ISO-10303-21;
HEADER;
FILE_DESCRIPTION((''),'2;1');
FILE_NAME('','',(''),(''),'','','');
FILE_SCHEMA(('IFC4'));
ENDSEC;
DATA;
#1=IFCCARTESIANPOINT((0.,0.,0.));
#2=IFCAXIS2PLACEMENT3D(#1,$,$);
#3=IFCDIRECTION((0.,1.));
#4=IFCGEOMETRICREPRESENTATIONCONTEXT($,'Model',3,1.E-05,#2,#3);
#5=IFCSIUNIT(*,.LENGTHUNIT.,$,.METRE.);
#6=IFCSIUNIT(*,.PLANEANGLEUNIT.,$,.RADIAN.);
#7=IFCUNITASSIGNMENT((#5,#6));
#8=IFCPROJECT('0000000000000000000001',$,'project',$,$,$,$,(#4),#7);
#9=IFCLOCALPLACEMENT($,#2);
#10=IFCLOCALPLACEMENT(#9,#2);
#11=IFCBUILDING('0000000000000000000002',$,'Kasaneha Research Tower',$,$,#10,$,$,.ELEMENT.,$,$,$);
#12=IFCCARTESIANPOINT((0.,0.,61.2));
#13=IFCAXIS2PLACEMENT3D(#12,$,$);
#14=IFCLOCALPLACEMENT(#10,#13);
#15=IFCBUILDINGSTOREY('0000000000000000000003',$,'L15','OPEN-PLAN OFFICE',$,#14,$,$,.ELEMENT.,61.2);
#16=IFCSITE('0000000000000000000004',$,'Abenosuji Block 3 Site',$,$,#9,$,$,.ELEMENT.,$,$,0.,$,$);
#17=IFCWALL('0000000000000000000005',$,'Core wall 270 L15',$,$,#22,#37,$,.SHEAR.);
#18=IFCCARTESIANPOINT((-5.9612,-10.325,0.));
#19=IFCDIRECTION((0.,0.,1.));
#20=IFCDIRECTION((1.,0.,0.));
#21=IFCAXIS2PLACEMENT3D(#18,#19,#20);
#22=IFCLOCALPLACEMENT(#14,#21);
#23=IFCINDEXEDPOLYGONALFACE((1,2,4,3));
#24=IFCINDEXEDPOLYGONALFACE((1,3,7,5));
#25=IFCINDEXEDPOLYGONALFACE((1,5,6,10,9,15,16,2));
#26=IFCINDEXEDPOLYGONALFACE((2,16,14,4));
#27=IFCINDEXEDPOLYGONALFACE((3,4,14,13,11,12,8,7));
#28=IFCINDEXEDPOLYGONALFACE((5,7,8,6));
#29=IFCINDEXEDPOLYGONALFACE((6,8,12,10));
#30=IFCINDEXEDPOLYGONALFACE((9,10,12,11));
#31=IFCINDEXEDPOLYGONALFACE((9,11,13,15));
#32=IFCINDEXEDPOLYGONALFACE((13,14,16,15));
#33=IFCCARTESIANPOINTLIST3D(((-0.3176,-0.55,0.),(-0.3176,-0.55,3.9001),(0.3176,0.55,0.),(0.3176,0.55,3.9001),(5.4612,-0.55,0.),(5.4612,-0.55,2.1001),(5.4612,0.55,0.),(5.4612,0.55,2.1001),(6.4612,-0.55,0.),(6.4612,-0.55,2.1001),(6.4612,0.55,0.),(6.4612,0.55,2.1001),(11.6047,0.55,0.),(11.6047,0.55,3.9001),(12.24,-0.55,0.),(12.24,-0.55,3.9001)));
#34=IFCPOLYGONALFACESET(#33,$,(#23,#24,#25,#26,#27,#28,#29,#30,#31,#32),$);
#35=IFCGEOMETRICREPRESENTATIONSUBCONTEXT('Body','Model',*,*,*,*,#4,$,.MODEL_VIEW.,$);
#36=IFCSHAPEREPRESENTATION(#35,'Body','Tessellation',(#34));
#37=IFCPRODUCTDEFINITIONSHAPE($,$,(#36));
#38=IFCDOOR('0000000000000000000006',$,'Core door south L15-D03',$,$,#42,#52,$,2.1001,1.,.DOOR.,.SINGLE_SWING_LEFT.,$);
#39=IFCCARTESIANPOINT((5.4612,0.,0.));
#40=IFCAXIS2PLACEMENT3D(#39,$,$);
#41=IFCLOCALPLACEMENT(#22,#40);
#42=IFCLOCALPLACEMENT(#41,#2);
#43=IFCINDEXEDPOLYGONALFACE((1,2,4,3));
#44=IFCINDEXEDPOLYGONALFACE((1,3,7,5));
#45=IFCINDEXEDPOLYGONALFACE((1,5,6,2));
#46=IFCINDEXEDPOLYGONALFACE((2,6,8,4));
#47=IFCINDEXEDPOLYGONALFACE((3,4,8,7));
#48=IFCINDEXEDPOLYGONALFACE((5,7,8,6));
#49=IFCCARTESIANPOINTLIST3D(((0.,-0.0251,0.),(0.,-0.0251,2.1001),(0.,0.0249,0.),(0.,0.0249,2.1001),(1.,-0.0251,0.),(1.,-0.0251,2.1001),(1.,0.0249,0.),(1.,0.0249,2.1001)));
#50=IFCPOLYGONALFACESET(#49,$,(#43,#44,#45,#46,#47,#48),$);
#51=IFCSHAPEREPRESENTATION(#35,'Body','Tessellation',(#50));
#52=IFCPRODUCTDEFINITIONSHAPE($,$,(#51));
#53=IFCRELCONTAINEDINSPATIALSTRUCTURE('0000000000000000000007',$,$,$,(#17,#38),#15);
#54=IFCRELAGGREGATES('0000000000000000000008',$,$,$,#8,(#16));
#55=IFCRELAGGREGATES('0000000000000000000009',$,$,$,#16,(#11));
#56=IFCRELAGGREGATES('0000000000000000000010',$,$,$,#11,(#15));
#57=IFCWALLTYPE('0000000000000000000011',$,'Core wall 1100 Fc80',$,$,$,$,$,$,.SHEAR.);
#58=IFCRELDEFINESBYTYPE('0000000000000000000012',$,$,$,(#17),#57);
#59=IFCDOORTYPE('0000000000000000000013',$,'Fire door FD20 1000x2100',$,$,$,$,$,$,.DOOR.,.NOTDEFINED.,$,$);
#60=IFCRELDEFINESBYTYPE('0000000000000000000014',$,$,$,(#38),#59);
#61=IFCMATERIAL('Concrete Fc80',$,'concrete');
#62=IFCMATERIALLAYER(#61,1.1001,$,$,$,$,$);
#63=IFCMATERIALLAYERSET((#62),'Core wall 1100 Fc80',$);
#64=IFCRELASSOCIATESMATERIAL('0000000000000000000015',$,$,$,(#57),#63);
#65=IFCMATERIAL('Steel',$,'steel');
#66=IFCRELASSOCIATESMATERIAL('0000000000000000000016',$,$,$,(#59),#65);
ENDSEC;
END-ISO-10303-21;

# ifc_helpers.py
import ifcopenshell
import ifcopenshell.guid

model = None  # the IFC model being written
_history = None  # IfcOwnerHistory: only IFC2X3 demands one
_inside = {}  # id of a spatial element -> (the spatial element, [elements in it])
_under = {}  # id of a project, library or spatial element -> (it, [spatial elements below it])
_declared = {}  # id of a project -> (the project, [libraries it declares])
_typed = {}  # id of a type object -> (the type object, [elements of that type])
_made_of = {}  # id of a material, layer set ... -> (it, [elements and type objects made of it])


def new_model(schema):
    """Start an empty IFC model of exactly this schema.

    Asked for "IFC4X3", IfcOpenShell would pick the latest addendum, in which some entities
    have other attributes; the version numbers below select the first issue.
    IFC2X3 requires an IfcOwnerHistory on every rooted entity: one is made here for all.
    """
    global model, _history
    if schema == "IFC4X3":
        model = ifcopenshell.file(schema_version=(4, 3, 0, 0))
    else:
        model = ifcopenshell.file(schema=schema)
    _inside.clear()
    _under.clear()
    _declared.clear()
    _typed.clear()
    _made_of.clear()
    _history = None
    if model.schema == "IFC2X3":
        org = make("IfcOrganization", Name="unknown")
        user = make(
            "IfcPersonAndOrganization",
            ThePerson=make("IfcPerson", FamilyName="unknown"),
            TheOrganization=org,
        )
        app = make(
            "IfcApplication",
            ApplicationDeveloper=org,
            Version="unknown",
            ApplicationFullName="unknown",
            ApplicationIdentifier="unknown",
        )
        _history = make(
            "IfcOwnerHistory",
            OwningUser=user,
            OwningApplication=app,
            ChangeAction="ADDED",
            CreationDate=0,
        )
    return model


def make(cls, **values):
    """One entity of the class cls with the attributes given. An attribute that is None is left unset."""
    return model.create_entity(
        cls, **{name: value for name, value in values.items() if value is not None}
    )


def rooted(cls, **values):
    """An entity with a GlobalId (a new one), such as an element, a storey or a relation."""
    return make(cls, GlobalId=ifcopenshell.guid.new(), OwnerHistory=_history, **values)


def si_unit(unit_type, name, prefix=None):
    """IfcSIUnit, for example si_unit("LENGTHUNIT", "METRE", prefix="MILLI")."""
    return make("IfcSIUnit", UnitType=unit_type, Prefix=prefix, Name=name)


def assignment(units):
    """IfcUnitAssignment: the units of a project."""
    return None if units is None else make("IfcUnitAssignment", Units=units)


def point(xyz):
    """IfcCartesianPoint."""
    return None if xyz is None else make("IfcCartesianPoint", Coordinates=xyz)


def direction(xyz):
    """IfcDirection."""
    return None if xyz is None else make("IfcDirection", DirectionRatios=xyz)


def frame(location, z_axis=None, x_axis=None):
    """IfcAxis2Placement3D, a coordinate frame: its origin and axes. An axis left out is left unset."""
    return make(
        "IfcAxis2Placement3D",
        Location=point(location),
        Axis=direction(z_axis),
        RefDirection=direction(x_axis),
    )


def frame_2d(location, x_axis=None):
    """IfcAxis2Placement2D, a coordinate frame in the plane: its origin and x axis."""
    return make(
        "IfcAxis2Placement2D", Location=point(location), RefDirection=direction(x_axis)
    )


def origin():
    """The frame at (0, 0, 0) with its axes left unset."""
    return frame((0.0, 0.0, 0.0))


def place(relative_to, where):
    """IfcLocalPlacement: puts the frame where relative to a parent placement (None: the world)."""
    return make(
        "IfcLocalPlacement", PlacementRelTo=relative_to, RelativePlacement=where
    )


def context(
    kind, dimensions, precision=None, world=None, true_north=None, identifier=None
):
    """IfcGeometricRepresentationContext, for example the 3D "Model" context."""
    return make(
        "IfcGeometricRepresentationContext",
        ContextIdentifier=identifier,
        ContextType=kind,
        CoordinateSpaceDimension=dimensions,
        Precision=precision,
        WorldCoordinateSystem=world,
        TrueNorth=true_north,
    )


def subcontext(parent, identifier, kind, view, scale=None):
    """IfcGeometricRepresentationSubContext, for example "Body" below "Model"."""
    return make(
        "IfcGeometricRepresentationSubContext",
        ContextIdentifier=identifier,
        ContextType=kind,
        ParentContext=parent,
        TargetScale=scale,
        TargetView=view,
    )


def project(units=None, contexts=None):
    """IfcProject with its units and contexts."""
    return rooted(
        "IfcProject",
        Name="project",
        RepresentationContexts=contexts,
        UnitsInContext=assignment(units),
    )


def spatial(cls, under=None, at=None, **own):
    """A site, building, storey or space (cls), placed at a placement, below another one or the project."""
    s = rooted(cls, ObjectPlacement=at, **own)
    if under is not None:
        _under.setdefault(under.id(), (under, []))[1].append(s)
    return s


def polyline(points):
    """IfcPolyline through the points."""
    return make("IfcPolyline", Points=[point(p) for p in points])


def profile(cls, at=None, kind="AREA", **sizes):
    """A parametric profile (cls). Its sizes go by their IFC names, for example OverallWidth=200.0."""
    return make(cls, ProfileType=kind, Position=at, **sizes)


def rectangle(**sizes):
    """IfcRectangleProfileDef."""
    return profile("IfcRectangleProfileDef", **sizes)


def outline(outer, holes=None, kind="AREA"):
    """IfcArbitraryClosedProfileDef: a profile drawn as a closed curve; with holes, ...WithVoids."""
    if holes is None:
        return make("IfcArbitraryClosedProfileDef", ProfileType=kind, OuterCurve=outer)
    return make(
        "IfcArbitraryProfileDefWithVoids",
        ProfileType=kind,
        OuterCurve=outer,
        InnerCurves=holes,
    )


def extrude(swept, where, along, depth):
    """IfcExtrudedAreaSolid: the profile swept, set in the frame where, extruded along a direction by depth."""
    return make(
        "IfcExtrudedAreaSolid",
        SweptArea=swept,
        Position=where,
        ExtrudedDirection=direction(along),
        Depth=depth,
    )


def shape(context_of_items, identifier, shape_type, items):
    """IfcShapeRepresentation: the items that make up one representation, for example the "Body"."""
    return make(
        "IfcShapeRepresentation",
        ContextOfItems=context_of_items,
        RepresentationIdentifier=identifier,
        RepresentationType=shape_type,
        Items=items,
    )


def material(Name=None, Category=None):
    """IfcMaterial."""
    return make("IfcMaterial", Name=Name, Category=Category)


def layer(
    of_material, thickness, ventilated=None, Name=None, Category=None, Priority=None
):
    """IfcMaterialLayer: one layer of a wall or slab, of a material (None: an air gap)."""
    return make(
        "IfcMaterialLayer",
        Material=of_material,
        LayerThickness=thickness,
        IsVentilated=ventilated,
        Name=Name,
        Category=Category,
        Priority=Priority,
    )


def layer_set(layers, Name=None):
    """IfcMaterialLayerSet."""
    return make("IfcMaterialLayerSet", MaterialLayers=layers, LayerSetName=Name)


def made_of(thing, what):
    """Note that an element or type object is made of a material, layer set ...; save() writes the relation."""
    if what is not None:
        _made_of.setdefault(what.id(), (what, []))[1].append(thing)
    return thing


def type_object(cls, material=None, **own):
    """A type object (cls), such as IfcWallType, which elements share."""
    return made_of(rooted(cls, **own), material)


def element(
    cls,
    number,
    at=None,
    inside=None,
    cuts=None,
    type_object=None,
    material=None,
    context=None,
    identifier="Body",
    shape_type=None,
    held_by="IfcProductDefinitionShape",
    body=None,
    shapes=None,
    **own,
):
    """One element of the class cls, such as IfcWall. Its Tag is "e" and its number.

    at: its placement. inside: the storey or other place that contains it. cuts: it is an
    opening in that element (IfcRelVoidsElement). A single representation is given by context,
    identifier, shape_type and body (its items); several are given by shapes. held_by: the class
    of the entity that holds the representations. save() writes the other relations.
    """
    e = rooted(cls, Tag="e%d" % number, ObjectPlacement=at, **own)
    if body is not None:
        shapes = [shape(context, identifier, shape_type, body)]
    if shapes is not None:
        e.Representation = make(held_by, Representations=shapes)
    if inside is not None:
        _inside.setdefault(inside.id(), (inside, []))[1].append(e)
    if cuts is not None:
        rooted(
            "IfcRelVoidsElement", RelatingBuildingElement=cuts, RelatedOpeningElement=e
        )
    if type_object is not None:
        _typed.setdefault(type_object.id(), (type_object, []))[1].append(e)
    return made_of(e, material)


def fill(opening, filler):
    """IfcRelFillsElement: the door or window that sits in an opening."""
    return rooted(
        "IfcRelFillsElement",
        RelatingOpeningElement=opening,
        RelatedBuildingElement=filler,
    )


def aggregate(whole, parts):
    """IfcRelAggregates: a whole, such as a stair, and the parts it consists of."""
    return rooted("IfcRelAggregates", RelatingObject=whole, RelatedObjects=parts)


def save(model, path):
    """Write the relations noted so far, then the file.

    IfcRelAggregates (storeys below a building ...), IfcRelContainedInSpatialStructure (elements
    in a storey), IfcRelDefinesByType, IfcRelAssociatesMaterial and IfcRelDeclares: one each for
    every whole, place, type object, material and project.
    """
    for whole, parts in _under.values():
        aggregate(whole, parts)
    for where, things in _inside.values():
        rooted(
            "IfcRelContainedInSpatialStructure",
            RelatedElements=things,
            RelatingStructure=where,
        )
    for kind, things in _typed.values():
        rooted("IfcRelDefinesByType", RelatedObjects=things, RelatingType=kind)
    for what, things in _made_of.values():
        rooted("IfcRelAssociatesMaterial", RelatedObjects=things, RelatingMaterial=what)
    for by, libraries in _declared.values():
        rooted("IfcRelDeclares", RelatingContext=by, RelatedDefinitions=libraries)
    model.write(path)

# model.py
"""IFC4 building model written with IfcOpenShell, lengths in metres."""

from ifc_helpers import new_model, si_unit, direction, frame, frame_2d, origin, place, context, subcontext, project, spatial, polyline, rectangle, outline, extrude, material, layer, layer_set, type_object, element, fill, save


model = new_model("IFC4")

# Units and contexts
model_context = context("Model", 3, precision=1e-05, world=origin(), true_north=direction((0.0, 1.0)))
body_context = subcontext(model_context, "Body", "Model", "MODEL_VIEW")
ifc_project = project(units=[si_unit("LENGTHUNIT", "METRE"), si_unit("PLANEANGLEUNIT", "RADIAN")], contexts=[model_context])

# Site, building, storey
site_placement = place(None, origin())
site = spatial("IfcSite", under=ifc_project, at=site_placement, Name="Abenosuji Block 3 Site", CompositionType="ELEMENT", RefElevation=0.0)
building_placement = place(site_placement, origin())
building = spatial("IfcBuilding", under=site, at=building_placement, Name="Kasaneha Research Tower", CompositionType="ELEMENT")
storey_placement = place(building_placement, frame((0.0, 0.0, 61.2)))
storey = spatial("IfcBuildingStorey", under=building, at=storey_placement, Name="L15", Description="OPEN-PLAN OFFICE", CompositionType="ELEMENT", Elevation=61.2)

# Wall, opening, door
ifc_material_1 = material(Name="Concrete Fc80", Category="concrete")
ifc_layer_1 = layer(ifc_material_1, 1.1001)
ifc_layer_set_1 = layer_set([ifc_layer_1], Name="Core wall 1100 Fc80")
wall_type_1 = type_object("IfcWallType", Name="Core wall 1100 Fc80", PredefinedType="SHEAR", material=ifc_layer_set_1)
wall_1_placement = place(storey_placement, frame((-5.9612, -10.325, 0.0), z_axis=(0.0, 0.0, 1.0), x_axis=(1.0, 0.0, 0.0)))
wall_1 = element("IfcWall", 1, at=wall_1_placement, inside=storey, type_object=wall_type_1, Name="Core wall 270 L15", PredefinedType="SHEAR", context=body_context, shape_type="SweptSolid", body=[
    extrude(outline(polyline([(-0.3176, -0.55), (5.4612, -0.55), (6.4612, -0.55), (12.24, -0.55), (11.6047, 0.55), (6.4612, 0.55), (5.4612, 0.55), (0.3176, 0.55), (-0.3176, -0.55)])), origin(), (0.0, 0.0, 1.0), 3.9001),
])
opening_1_placement = place(wall_1_placement, frame((5.4612, 0.0, 0.0)))
opening_1 = element("IfcOpeningElement", 2, at=opening_1_placement, cuts=wall_1, PredefinedType="OPENING", context=body_context, shape_type="SweptSolid", body=[
    extrude(rectangle(XDim=1.0, YDim=2.1001, at=frame_2d((0.5, 1.05))), frame((0.0, 0.5601, 0.0), z_axis=(0.0, -1.0, 0.0), x_axis=(1.0, 0.0, 0.0)), (0.0, 0.0, 1.0), 1.1201),
])
ifc_material_2 = material(Name="Steel", Category="steel")
door_type_1 = type_object("IfcDoorType", Name="Fire door FD20 1000x2100", OperationType="NOTDEFINED", PredefinedType="DOOR", material=ifc_material_2)
door_1_placement = place(opening_1_placement, origin())
door_1 = element("IfcDoor", 3, at=door_1_placement, inside=storey, type_object=door_type_1, Name="Core door south L15-D03", OperationType="SINGLE_SWING_LEFT", OverallHeight=2.1001, OverallWidth=1.0, PredefinedType="DOOR", context=body_context, shape_type="SweptSolid", body=[
    extrude(rectangle(XDim=1.0, YDim=2.1001, at=frame_2d((0.5, 1.05))), frame((0.0, 0.0249, 0.0), z_axis=(0.0, -1.0, 0.0), x_axis=(1.0, 0.0, 0.0)), (0.0, 0.0, 1.0), 0.05),
])
fill(opening_1, door_1)

save(model, "model.ifc")
